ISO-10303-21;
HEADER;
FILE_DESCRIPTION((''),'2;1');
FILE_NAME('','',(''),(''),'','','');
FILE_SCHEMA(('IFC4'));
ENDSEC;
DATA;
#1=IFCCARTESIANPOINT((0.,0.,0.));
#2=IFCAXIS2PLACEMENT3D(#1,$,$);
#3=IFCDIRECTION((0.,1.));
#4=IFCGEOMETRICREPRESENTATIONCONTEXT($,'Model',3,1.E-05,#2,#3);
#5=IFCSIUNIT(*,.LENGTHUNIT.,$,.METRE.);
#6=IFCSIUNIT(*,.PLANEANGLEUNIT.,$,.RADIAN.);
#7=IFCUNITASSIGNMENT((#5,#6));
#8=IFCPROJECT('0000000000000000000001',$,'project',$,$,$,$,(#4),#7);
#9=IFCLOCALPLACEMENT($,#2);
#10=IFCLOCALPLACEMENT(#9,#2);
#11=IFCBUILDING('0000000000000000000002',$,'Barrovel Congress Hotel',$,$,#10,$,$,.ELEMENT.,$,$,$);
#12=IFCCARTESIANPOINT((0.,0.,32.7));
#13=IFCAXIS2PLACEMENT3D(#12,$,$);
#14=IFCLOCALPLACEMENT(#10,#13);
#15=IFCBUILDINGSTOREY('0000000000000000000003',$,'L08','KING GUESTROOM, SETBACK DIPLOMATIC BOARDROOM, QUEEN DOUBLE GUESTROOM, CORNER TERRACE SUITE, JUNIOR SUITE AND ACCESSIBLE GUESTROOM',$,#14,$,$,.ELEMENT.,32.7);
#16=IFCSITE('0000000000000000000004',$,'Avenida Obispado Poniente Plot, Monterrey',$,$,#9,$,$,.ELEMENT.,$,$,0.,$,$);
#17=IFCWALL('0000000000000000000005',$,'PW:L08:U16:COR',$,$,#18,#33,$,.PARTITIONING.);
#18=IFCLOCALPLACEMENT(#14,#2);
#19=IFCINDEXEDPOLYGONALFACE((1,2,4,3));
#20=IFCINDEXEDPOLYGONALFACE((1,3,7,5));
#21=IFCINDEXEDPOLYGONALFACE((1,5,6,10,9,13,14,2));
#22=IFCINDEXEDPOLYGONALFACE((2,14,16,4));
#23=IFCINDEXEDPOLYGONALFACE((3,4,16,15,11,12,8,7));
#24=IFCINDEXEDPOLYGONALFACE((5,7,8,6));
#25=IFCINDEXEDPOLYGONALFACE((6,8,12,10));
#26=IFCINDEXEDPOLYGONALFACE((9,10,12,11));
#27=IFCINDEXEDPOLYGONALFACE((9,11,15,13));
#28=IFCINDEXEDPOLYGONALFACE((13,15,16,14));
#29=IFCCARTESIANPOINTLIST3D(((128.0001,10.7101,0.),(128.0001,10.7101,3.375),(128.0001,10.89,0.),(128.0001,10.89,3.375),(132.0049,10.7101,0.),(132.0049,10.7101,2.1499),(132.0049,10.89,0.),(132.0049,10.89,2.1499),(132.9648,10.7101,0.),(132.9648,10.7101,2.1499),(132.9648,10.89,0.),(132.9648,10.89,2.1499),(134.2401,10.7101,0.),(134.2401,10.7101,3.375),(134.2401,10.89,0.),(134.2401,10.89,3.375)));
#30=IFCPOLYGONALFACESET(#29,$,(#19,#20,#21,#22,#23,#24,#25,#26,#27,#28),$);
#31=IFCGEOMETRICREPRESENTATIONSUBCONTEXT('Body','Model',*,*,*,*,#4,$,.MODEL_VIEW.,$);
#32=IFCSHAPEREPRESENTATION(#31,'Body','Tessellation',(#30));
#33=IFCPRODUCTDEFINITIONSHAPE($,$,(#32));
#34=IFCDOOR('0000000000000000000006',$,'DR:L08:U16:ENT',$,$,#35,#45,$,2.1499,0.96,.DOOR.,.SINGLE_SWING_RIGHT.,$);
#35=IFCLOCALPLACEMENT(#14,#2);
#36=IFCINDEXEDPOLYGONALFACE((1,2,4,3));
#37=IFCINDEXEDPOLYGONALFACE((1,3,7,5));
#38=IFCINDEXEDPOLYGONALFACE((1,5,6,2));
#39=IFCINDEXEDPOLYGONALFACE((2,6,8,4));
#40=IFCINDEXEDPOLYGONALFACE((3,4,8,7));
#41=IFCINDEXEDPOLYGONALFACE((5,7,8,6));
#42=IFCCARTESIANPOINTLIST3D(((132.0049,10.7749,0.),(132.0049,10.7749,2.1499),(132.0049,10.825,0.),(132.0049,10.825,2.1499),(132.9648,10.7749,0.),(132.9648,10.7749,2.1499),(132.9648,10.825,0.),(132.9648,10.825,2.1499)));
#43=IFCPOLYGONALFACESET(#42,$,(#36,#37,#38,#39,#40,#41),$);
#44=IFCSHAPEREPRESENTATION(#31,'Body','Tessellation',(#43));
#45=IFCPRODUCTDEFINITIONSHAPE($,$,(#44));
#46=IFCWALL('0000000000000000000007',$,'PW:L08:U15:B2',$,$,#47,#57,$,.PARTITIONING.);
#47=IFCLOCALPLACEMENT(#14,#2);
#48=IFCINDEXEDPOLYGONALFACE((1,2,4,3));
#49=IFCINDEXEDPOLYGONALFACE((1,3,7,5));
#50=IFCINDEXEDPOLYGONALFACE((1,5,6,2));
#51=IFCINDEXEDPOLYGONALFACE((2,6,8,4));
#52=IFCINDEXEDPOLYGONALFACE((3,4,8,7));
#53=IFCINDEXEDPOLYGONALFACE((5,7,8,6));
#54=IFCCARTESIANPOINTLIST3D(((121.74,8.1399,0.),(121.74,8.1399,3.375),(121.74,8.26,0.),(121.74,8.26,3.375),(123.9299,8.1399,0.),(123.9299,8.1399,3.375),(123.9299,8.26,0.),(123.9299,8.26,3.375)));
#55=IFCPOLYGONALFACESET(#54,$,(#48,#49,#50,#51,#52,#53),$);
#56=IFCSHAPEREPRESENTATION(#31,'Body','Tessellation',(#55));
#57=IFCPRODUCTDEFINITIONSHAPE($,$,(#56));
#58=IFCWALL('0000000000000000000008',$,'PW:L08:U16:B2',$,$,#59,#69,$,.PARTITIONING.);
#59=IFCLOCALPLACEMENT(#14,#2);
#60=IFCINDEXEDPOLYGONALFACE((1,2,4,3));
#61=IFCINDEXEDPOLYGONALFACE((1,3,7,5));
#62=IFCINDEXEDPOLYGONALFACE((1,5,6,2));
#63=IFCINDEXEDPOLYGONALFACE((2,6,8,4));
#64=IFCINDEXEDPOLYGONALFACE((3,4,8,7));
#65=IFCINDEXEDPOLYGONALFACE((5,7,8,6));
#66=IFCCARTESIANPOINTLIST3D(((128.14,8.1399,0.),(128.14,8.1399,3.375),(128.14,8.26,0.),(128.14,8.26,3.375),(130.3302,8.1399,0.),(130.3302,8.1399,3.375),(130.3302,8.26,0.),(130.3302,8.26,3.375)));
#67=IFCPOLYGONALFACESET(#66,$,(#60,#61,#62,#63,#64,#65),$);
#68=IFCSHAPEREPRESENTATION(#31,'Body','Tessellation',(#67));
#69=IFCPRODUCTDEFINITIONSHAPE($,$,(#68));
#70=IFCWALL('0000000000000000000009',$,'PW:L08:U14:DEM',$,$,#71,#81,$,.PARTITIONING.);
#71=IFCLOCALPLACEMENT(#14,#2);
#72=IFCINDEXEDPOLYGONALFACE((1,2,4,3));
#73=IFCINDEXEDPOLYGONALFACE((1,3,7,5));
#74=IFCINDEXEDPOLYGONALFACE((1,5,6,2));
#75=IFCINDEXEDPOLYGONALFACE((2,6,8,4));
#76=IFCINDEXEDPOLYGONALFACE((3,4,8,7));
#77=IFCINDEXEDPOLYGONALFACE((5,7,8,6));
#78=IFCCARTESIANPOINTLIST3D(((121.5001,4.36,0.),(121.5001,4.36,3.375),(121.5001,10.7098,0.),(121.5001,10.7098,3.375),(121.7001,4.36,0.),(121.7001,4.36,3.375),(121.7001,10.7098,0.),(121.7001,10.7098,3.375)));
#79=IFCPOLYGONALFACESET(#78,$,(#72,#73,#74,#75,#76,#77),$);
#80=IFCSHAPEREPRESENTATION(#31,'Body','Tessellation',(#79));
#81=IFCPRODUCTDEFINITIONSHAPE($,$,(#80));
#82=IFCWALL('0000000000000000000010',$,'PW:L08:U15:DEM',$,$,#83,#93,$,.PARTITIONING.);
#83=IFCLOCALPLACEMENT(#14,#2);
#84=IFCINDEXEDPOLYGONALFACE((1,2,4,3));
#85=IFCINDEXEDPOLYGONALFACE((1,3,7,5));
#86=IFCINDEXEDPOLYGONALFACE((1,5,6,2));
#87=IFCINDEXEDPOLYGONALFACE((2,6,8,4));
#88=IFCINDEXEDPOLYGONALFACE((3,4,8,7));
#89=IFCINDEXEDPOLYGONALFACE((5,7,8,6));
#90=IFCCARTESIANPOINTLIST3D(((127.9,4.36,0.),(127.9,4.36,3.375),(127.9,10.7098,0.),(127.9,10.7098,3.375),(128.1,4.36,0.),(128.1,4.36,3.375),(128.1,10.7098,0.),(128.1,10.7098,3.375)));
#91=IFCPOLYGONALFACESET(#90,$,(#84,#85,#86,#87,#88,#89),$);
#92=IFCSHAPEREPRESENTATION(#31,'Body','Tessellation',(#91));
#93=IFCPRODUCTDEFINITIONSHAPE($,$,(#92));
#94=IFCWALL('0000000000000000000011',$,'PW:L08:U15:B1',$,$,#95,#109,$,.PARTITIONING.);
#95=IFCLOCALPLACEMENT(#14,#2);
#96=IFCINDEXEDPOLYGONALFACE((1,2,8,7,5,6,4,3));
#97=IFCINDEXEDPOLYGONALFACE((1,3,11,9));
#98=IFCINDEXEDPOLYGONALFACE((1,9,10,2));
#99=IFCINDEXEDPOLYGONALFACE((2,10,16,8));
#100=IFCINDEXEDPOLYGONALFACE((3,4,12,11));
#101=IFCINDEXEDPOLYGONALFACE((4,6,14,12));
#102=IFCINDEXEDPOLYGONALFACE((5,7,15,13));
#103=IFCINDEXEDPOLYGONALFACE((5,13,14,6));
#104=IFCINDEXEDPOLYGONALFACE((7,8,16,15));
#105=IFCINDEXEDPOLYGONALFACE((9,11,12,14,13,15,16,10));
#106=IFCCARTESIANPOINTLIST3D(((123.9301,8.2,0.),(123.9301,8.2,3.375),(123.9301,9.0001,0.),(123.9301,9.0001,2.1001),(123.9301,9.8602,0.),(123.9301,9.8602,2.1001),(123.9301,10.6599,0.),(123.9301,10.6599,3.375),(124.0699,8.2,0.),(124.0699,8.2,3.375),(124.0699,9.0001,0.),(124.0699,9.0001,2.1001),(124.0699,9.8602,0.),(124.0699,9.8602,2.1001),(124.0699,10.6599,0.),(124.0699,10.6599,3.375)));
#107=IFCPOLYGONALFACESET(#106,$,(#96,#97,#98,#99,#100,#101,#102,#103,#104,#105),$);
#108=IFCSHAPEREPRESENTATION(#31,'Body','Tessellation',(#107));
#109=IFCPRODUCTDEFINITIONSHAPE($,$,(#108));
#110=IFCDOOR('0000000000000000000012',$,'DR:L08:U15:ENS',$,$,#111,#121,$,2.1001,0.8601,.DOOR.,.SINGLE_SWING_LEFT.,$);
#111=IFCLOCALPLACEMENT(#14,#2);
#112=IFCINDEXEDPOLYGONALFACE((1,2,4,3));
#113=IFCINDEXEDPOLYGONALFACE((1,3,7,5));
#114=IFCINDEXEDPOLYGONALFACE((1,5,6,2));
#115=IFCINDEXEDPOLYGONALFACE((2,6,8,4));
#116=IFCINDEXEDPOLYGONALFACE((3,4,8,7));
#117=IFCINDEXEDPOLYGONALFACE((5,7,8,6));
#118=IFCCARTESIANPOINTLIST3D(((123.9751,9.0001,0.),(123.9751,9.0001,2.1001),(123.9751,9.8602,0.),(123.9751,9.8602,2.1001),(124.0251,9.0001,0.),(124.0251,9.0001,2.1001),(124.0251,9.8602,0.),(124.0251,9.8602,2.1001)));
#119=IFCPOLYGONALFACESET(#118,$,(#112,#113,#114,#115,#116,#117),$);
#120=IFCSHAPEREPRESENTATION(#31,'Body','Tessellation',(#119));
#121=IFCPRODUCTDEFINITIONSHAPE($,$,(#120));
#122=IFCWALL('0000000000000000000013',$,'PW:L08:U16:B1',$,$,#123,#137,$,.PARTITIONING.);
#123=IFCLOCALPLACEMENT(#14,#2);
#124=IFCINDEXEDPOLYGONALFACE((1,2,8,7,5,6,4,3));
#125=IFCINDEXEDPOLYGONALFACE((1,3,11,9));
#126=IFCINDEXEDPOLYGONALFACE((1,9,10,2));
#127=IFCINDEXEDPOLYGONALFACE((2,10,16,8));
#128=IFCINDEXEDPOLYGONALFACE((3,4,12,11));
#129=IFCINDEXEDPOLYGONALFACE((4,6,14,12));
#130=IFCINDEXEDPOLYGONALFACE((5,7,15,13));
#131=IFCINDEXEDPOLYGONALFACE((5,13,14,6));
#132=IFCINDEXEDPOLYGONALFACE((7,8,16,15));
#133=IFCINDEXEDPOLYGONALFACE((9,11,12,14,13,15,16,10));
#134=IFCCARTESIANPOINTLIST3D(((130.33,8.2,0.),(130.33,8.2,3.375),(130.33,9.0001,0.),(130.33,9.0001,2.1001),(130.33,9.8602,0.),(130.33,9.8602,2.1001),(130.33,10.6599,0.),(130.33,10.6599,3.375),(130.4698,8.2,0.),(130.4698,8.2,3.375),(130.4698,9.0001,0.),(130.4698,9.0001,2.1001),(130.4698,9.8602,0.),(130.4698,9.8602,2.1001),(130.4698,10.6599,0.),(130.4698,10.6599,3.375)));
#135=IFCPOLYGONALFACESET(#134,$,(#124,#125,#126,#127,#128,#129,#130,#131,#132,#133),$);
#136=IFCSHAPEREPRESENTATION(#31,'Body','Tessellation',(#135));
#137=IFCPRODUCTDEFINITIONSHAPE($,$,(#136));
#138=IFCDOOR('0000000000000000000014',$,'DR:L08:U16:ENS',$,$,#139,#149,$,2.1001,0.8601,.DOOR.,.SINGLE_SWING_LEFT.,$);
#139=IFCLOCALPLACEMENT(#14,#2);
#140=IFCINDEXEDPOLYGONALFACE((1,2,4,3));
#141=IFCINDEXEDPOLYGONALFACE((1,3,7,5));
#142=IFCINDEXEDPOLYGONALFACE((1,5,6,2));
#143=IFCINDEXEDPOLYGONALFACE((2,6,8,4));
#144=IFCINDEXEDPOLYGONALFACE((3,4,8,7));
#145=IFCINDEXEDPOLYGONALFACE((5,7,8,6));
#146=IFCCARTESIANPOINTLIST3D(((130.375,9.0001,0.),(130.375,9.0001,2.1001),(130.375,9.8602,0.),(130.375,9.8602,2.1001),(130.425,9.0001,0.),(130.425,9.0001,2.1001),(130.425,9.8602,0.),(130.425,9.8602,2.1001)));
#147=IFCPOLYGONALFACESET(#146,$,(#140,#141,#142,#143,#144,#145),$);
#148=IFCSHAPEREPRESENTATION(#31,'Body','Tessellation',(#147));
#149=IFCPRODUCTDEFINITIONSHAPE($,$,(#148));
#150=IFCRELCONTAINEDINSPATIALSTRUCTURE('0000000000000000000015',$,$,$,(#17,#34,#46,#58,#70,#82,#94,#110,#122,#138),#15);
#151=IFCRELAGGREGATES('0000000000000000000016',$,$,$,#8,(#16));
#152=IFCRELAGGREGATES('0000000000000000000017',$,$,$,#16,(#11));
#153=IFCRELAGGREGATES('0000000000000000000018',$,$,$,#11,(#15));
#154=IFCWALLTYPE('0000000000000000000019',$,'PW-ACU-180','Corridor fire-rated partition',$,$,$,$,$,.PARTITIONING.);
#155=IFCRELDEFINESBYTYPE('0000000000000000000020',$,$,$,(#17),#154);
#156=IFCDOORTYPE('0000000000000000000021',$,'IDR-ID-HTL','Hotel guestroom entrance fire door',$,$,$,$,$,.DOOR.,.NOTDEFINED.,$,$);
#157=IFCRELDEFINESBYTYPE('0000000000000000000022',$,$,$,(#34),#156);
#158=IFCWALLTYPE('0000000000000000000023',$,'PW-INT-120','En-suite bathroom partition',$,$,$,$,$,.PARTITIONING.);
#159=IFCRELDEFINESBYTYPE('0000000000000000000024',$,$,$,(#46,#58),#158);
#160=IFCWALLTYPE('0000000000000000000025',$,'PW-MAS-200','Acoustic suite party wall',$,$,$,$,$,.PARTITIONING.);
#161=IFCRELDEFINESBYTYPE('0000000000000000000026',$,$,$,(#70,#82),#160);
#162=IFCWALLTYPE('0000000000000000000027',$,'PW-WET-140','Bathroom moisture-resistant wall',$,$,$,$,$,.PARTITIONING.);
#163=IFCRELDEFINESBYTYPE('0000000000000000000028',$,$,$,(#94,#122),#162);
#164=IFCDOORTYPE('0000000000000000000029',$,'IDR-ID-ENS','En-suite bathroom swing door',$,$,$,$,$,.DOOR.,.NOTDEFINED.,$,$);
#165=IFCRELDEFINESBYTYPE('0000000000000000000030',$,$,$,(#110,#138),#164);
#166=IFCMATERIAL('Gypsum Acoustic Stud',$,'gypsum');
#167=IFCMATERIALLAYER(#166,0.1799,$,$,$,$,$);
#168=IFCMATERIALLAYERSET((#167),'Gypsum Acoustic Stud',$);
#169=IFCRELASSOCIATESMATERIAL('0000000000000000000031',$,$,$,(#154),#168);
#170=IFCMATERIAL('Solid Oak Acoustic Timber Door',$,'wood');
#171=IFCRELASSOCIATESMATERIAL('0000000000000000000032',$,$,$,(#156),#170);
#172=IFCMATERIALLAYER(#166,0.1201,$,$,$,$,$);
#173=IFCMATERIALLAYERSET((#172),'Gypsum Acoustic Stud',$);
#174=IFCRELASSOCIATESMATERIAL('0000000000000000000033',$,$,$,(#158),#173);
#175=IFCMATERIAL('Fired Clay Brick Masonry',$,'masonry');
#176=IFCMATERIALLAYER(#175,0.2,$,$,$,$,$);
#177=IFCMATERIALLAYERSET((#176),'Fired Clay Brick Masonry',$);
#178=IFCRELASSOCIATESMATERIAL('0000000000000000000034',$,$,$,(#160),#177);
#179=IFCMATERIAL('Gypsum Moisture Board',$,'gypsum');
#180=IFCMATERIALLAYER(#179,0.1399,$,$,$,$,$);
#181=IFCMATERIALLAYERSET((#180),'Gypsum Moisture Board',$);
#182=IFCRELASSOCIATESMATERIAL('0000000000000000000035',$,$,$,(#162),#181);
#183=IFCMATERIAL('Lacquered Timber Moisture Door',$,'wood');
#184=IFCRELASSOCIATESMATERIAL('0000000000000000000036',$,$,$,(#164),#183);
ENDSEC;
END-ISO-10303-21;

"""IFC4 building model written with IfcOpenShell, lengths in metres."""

from ifc_helpers import new_model, si_unit, direction, frame, frame_2d, origin, place, context, subcontext, project, spatial, rectangle, extrude, material, layer, layer_set, type_object, element, fill, save


model = new_model("IFC4")

# Units and contexts
model_context = context("Model", 3, precision=1e-05, world=origin(), true_north=direction((0.0, 1.0)))
body_context = subcontext(model_context, "Body", "Model", "MODEL_VIEW")
ifc_project = project(units=[si_unit("LENGTHUNIT", "METRE"), si_unit("PLANEANGLEUNIT", "RADIAN")], contexts=[model_context])

# Site, building, storey
site_placement = place(None, origin())
site = spatial("IfcSite", under=ifc_project, at=site_placement, Name="Avenida Obispado Poniente Plot, Monterrey", CompositionType="ELEMENT", RefElevation=0.0)
building_placement = place(site_placement, origin())
building = spatial("IfcBuilding", under=site, at=building_placement, Name="Barrovel Congress Hotel", CompositionType="ELEMENT")
storey_placement = place(building_placement, frame((0.0, 0.0, 32.7)))
storey = spatial("IfcBuildingStorey", under=building, at=storey_placement, Name="L08", Description="KING GUESTROOM, SETBACK DIPLOMATIC BOARDROOM, QUEEN DOUBLE GUESTROOM, CORNER TERRACE SUITE, JUNIOR SUITE AND ACCESSIBLE GUESTROOM", CompositionType="ELEMENT", Elevation=32.7)

# Shared definitions
ifc_material_1 = material(Name="Fired Clay Brick Masonry", Category="masonry")

# Wall, opening, door
ifc_material_2 = material(Name="Gypsum Acoustic Stud", Category="gypsum")
ifc_layer_1 = layer(ifc_material_2, 0.1799)
ifc_layer_set_1 = layer_set([ifc_layer_1], Name="Gypsum Acoustic Stud")
wall_type_1 = type_object("IfcWallType", Name="PW-ACU-180", Description="Corridor fire-rated partition", PredefinedType="PARTITIONING", material=ifc_layer_set_1)
ifc_material_3 = material(Name="Solid Oak Acoustic Timber Door", Category="wood")
door_type_1 = type_object("IfcDoorType", Name="IDR-ID-HTL", Description="Hotel guestroom entrance fire door", OperationType="NOTDEFINED", PredefinedType="DOOR", material=ifc_material_3)
wall_1_placement = place(storey_placement, frame((128.0, 10.8, 0.0), z_axis=(0.0, 0.0, 1.0), x_axis=(1.0, 0.0, 0.0)))
wall_1 = element("IfcWall", 1, at=wall_1_placement, inside=storey, type_object=wall_type_1, Name="PW:L08:U16:COR", PredefinedType="PARTITIONING", context=body_context, shape_type="SweptSolid", body=[
    extrude(rectangle(XDim=6.24, YDim=0.1799, at=frame_2d((3.1201, 0.0))), origin(), (0.0, 0.0, 1.0), 3.375),
])
opening_1_placement = place(wall_1_placement, frame((4.0049, 0.0, 0.0)))
opening_1 = element("IfcOpeningElement", 2, at=opening_1_placement, cuts=wall_1, PredefinedType="OPENING", context=body_context, shape_type="SweptSolid", body=[
    extrude(rectangle(XDim=0.96, YDim=2.1499, at=frame_2d((0.48, 1.075))), frame((0.0, 0.1001, 0.0), z_axis=(0.0, -1.0, 0.0), x_axis=(1.0, 0.0, 0.0)), (0.0, 0.0, 1.0), 0.2),
])
door_1_placement = place(opening_1_placement, origin())
door_1 = element("IfcDoor", 3, at=door_1_placement, inside=storey, type_object=door_type_1, Name="DR:L08:U16:ENT", OperationType="SINGLE_SWING_RIGHT", OverallHeight=2.1499, OverallWidth=0.96, PredefinedType="DOOR", context=body_context, shape_type="SweptSolid", body=[
    extrude(rectangle(XDim=0.96, YDim=2.1499, at=frame_2d((0.48, 1.075))), frame((0.0, 0.0249, 0.0), z_axis=(0.0, -1.0, 0.0), x_axis=(1.0, 0.0, 0.0)), (0.0, 0.0, 1.0), 0.05),
])
fill(opening_1, door_1)

# Walls
ifc_layer_2 = layer(ifc_material_2, 0.1201)
ifc_layer_set_2 = layer_set([ifc_layer_2], Name="Gypsum Acoustic Stud")
wall_type_2 = type_object("IfcWallType", Name="PW-INT-120", Description="En-suite bathroom partition", PredefinedType="PARTITIONING", material=ifc_layer_set_2)
wall_2_placement = place(storey_placement, frame((121.74, 8.2, 0.0), z_axis=(0.0, 0.0, 1.0), x_axis=(1.0, 0.0, 0.0)))
element("IfcWall", 4, at=wall_2_placement, inside=storey, type_object=wall_type_2, Name="PW:L08:U15:B2", PredefinedType="PARTITIONING", context=body_context, shape_type="SweptSolid", body=[
    extrude(rectangle(XDim=2.1899, YDim=0.1201, at=frame_2d((1.095, 0.0))), origin(), (0.0, 0.0, 1.0), 3.375),
])
wall_3_placement = place(storey_placement, frame((128.1399, 8.2, 0.0), z_axis=(0.0, 0.0, 1.0), x_axis=(1.0, 0.0, 0.0)))
element("IfcWall", 5, at=wall_3_placement, inside=storey, type_object=wall_type_2, Name="PW:L08:U16:B2", PredefinedType="PARTITIONING", context=body_context, shape_type="SweptSolid", body=[
    extrude(rectangle(XDim=2.1902, YDim=0.1201, at=frame_2d((1.0952, 0.0))), origin(), (0.0, 0.0, 1.0), 3.375),
])
ifc_layer_3 = layer(ifc_material_1, 0.2)
ifc_layer_set_3 = layer_set([ifc_layer_3], Name="Fired Clay Brick Masonry")
wall_type_3 = type_object("IfcWallType", Name="PW-MAS-200", Description="Acoustic suite party wall", PredefinedType="PARTITIONING", material=ifc_layer_set_3)
for number, where, z_axis, x_axis, name in (
    (6, (121.6001, 4.3601, 0.0), (0.0, 0.0, 1.0), (0.0, 1.0, 0.0), "PW:L08:U14:DEM"),
    (7, (128.0, 4.3601, 0.0), (0.0, 0.0, 1.0), (0.0, 1.0, 0.0), "PW:L08:U15:DEM"),
):
    element("IfcWall", number, at=place(storey_placement, frame(where, z_axis=z_axis, x_axis=x_axis)), inside=storey, type_object=wall_type_3, Name=name, PredefinedType="PARTITIONING", context=body_context, shape_type="SweptSolid", body=[
        extrude(rectangle(XDim=6.3499, YDim=0.2, at=frame_2d((3.1748, 0.0))), origin(), (0.0, 0.0, 1.0), 3.375),
    ])

# Walls, openings, doors
ifc_material_4 = material(Name="Gypsum Moisture Board", Category="gypsum")
ifc_layer_4 = layer(ifc_material_4, 0.1399)
ifc_layer_set_4 = layer_set([ifc_layer_4], Name="Gypsum Moisture Board")
wall_type_4 = type_object("IfcWallType", Name="PW-WET-140", Description="Bathroom moisture-resistant wall", PredefinedType="PARTITIONING", material=ifc_layer_set_4)
wall_4_placement = place(storey_placement, frame((124.0, 8.2, 0.0), z_axis=(0.0, 0.0, 1.0), x_axis=(0.0, 1.0, 0.0)))
wall_4 = element("IfcWall", 8, at=wall_4_placement, inside=storey, type_object=wall_type_4, Name="PW:L08:U15:B1", PredefinedType="PARTITIONING", context=body_context, shape_type="SweptSolid", body=[
    extrude(rectangle(XDim=2.46, YDim=0.1399, at=frame_2d((1.23, 0.0))), origin(), (0.0, 0.0, 1.0), 3.375),
])
opening_2_placement = place(wall_4_placement, frame((0.8, 0.0, 0.0)))
opening_2 = element("IfcOpeningElement", 9, at=opening_2_placement, cuts=wall_4, PredefinedType="OPENING", context=body_context, shape_type="SweptSolid", body=[
    extrude(rectangle(XDim=0.8601, YDim=2.1001, at=frame_2d((0.4302, 1.05))), frame((0.0, 0.0801, 0.0), z_axis=(0.0, -1.0, 0.0), x_axis=(1.0, 0.0, 0.0)), (0.0, 0.0, 1.0), 0.1599),
])
ifc_material_5 = material(Name="Lacquered Timber Moisture Door", Category="wood")
door_type_2 = type_object("IfcDoorType", Name="IDR-ID-ENS", Description="En-suite bathroom swing door", OperationType="NOTDEFINED", PredefinedType="DOOR", material=ifc_material_5)
door_2_placement = place(opening_2_placement, origin())
door_2 = element("IfcDoor", 10, at=door_2_placement, inside=storey, type_object=door_type_2, Name="DR:L08:U15:ENS", OperationType="SINGLE_SWING_LEFT", OverallHeight=2.1001, OverallWidth=0.8601, PredefinedType="DOOR", context=body_context, shape_type="SweptSolid", body=[
    extrude(rectangle(XDim=0.8601, YDim=2.1001, at=frame_2d((0.4302, 1.05))), frame((0.0, 0.0249, 0.0), z_axis=(0.0, -1.0, 0.0), x_axis=(1.0, 0.0, 0.0)), (0.0, 0.0, 1.0), 0.05),
])
fill(opening_2, door_2)
wall_5_placement = place(storey_placement, frame((130.3999, 8.2, 0.0), z_axis=(0.0, 0.0, 1.0), x_axis=(0.0, 1.0, 0.0)))
wall_5 = element("IfcWall", 11, at=wall_5_placement, inside=storey, type_object=wall_type_4, Name="PW:L08:U16:B1", PredefinedType="PARTITIONING", context=body_context, shape_type="SweptSolid", body=[
    extrude(rectangle(XDim=2.46, YDim=0.1399, at=frame_2d((1.23, 0.0))), origin(), (0.0, 0.0, 1.0), 3.375),
])
opening_3_placement = place(wall_5_placement, frame((0.8, 0.0, 0.0)))
opening_3 = element("IfcOpeningElement", 12, at=opening_3_placement, cuts=wall_5, PredefinedType="OPENING", context=body_context, shape_type="SweptSolid", body=[
    extrude(rectangle(XDim=0.8601, YDim=2.1001, at=frame_2d((0.4302, 1.05))), frame((0.0, 0.0801, 0.0), z_axis=(0.0, -1.0, 0.0), x_axis=(1.0, 0.0, 0.0)), (0.0, 0.0, 1.0), 0.1599),
])
door_3_placement = place(opening_3_placement, origin())
door_3 = element("IfcDoor", 13, at=door_3_placement, inside=storey, type_object=door_type_2, Name="DR:L08:U16:ENS", OperationType="SINGLE_SWING_LEFT", OverallHeight=2.1001, OverallWidth=0.8601, PredefinedType="DOOR", context=body_context, shape_type="SweptSolid", body=[
    extrude(rectangle(XDim=0.8601, YDim=2.1001, at=frame_2d((0.4302, 1.05))), frame((0.0, 0.0249, 0.0), z_axis=(0.0, -1.0, 0.0), x_axis=(1.0, 0.0, 0.0)), (0.0, 0.0, 1.0), 0.05),
])
fill(opening_3, door_3)

save(model, "model.ifc")
